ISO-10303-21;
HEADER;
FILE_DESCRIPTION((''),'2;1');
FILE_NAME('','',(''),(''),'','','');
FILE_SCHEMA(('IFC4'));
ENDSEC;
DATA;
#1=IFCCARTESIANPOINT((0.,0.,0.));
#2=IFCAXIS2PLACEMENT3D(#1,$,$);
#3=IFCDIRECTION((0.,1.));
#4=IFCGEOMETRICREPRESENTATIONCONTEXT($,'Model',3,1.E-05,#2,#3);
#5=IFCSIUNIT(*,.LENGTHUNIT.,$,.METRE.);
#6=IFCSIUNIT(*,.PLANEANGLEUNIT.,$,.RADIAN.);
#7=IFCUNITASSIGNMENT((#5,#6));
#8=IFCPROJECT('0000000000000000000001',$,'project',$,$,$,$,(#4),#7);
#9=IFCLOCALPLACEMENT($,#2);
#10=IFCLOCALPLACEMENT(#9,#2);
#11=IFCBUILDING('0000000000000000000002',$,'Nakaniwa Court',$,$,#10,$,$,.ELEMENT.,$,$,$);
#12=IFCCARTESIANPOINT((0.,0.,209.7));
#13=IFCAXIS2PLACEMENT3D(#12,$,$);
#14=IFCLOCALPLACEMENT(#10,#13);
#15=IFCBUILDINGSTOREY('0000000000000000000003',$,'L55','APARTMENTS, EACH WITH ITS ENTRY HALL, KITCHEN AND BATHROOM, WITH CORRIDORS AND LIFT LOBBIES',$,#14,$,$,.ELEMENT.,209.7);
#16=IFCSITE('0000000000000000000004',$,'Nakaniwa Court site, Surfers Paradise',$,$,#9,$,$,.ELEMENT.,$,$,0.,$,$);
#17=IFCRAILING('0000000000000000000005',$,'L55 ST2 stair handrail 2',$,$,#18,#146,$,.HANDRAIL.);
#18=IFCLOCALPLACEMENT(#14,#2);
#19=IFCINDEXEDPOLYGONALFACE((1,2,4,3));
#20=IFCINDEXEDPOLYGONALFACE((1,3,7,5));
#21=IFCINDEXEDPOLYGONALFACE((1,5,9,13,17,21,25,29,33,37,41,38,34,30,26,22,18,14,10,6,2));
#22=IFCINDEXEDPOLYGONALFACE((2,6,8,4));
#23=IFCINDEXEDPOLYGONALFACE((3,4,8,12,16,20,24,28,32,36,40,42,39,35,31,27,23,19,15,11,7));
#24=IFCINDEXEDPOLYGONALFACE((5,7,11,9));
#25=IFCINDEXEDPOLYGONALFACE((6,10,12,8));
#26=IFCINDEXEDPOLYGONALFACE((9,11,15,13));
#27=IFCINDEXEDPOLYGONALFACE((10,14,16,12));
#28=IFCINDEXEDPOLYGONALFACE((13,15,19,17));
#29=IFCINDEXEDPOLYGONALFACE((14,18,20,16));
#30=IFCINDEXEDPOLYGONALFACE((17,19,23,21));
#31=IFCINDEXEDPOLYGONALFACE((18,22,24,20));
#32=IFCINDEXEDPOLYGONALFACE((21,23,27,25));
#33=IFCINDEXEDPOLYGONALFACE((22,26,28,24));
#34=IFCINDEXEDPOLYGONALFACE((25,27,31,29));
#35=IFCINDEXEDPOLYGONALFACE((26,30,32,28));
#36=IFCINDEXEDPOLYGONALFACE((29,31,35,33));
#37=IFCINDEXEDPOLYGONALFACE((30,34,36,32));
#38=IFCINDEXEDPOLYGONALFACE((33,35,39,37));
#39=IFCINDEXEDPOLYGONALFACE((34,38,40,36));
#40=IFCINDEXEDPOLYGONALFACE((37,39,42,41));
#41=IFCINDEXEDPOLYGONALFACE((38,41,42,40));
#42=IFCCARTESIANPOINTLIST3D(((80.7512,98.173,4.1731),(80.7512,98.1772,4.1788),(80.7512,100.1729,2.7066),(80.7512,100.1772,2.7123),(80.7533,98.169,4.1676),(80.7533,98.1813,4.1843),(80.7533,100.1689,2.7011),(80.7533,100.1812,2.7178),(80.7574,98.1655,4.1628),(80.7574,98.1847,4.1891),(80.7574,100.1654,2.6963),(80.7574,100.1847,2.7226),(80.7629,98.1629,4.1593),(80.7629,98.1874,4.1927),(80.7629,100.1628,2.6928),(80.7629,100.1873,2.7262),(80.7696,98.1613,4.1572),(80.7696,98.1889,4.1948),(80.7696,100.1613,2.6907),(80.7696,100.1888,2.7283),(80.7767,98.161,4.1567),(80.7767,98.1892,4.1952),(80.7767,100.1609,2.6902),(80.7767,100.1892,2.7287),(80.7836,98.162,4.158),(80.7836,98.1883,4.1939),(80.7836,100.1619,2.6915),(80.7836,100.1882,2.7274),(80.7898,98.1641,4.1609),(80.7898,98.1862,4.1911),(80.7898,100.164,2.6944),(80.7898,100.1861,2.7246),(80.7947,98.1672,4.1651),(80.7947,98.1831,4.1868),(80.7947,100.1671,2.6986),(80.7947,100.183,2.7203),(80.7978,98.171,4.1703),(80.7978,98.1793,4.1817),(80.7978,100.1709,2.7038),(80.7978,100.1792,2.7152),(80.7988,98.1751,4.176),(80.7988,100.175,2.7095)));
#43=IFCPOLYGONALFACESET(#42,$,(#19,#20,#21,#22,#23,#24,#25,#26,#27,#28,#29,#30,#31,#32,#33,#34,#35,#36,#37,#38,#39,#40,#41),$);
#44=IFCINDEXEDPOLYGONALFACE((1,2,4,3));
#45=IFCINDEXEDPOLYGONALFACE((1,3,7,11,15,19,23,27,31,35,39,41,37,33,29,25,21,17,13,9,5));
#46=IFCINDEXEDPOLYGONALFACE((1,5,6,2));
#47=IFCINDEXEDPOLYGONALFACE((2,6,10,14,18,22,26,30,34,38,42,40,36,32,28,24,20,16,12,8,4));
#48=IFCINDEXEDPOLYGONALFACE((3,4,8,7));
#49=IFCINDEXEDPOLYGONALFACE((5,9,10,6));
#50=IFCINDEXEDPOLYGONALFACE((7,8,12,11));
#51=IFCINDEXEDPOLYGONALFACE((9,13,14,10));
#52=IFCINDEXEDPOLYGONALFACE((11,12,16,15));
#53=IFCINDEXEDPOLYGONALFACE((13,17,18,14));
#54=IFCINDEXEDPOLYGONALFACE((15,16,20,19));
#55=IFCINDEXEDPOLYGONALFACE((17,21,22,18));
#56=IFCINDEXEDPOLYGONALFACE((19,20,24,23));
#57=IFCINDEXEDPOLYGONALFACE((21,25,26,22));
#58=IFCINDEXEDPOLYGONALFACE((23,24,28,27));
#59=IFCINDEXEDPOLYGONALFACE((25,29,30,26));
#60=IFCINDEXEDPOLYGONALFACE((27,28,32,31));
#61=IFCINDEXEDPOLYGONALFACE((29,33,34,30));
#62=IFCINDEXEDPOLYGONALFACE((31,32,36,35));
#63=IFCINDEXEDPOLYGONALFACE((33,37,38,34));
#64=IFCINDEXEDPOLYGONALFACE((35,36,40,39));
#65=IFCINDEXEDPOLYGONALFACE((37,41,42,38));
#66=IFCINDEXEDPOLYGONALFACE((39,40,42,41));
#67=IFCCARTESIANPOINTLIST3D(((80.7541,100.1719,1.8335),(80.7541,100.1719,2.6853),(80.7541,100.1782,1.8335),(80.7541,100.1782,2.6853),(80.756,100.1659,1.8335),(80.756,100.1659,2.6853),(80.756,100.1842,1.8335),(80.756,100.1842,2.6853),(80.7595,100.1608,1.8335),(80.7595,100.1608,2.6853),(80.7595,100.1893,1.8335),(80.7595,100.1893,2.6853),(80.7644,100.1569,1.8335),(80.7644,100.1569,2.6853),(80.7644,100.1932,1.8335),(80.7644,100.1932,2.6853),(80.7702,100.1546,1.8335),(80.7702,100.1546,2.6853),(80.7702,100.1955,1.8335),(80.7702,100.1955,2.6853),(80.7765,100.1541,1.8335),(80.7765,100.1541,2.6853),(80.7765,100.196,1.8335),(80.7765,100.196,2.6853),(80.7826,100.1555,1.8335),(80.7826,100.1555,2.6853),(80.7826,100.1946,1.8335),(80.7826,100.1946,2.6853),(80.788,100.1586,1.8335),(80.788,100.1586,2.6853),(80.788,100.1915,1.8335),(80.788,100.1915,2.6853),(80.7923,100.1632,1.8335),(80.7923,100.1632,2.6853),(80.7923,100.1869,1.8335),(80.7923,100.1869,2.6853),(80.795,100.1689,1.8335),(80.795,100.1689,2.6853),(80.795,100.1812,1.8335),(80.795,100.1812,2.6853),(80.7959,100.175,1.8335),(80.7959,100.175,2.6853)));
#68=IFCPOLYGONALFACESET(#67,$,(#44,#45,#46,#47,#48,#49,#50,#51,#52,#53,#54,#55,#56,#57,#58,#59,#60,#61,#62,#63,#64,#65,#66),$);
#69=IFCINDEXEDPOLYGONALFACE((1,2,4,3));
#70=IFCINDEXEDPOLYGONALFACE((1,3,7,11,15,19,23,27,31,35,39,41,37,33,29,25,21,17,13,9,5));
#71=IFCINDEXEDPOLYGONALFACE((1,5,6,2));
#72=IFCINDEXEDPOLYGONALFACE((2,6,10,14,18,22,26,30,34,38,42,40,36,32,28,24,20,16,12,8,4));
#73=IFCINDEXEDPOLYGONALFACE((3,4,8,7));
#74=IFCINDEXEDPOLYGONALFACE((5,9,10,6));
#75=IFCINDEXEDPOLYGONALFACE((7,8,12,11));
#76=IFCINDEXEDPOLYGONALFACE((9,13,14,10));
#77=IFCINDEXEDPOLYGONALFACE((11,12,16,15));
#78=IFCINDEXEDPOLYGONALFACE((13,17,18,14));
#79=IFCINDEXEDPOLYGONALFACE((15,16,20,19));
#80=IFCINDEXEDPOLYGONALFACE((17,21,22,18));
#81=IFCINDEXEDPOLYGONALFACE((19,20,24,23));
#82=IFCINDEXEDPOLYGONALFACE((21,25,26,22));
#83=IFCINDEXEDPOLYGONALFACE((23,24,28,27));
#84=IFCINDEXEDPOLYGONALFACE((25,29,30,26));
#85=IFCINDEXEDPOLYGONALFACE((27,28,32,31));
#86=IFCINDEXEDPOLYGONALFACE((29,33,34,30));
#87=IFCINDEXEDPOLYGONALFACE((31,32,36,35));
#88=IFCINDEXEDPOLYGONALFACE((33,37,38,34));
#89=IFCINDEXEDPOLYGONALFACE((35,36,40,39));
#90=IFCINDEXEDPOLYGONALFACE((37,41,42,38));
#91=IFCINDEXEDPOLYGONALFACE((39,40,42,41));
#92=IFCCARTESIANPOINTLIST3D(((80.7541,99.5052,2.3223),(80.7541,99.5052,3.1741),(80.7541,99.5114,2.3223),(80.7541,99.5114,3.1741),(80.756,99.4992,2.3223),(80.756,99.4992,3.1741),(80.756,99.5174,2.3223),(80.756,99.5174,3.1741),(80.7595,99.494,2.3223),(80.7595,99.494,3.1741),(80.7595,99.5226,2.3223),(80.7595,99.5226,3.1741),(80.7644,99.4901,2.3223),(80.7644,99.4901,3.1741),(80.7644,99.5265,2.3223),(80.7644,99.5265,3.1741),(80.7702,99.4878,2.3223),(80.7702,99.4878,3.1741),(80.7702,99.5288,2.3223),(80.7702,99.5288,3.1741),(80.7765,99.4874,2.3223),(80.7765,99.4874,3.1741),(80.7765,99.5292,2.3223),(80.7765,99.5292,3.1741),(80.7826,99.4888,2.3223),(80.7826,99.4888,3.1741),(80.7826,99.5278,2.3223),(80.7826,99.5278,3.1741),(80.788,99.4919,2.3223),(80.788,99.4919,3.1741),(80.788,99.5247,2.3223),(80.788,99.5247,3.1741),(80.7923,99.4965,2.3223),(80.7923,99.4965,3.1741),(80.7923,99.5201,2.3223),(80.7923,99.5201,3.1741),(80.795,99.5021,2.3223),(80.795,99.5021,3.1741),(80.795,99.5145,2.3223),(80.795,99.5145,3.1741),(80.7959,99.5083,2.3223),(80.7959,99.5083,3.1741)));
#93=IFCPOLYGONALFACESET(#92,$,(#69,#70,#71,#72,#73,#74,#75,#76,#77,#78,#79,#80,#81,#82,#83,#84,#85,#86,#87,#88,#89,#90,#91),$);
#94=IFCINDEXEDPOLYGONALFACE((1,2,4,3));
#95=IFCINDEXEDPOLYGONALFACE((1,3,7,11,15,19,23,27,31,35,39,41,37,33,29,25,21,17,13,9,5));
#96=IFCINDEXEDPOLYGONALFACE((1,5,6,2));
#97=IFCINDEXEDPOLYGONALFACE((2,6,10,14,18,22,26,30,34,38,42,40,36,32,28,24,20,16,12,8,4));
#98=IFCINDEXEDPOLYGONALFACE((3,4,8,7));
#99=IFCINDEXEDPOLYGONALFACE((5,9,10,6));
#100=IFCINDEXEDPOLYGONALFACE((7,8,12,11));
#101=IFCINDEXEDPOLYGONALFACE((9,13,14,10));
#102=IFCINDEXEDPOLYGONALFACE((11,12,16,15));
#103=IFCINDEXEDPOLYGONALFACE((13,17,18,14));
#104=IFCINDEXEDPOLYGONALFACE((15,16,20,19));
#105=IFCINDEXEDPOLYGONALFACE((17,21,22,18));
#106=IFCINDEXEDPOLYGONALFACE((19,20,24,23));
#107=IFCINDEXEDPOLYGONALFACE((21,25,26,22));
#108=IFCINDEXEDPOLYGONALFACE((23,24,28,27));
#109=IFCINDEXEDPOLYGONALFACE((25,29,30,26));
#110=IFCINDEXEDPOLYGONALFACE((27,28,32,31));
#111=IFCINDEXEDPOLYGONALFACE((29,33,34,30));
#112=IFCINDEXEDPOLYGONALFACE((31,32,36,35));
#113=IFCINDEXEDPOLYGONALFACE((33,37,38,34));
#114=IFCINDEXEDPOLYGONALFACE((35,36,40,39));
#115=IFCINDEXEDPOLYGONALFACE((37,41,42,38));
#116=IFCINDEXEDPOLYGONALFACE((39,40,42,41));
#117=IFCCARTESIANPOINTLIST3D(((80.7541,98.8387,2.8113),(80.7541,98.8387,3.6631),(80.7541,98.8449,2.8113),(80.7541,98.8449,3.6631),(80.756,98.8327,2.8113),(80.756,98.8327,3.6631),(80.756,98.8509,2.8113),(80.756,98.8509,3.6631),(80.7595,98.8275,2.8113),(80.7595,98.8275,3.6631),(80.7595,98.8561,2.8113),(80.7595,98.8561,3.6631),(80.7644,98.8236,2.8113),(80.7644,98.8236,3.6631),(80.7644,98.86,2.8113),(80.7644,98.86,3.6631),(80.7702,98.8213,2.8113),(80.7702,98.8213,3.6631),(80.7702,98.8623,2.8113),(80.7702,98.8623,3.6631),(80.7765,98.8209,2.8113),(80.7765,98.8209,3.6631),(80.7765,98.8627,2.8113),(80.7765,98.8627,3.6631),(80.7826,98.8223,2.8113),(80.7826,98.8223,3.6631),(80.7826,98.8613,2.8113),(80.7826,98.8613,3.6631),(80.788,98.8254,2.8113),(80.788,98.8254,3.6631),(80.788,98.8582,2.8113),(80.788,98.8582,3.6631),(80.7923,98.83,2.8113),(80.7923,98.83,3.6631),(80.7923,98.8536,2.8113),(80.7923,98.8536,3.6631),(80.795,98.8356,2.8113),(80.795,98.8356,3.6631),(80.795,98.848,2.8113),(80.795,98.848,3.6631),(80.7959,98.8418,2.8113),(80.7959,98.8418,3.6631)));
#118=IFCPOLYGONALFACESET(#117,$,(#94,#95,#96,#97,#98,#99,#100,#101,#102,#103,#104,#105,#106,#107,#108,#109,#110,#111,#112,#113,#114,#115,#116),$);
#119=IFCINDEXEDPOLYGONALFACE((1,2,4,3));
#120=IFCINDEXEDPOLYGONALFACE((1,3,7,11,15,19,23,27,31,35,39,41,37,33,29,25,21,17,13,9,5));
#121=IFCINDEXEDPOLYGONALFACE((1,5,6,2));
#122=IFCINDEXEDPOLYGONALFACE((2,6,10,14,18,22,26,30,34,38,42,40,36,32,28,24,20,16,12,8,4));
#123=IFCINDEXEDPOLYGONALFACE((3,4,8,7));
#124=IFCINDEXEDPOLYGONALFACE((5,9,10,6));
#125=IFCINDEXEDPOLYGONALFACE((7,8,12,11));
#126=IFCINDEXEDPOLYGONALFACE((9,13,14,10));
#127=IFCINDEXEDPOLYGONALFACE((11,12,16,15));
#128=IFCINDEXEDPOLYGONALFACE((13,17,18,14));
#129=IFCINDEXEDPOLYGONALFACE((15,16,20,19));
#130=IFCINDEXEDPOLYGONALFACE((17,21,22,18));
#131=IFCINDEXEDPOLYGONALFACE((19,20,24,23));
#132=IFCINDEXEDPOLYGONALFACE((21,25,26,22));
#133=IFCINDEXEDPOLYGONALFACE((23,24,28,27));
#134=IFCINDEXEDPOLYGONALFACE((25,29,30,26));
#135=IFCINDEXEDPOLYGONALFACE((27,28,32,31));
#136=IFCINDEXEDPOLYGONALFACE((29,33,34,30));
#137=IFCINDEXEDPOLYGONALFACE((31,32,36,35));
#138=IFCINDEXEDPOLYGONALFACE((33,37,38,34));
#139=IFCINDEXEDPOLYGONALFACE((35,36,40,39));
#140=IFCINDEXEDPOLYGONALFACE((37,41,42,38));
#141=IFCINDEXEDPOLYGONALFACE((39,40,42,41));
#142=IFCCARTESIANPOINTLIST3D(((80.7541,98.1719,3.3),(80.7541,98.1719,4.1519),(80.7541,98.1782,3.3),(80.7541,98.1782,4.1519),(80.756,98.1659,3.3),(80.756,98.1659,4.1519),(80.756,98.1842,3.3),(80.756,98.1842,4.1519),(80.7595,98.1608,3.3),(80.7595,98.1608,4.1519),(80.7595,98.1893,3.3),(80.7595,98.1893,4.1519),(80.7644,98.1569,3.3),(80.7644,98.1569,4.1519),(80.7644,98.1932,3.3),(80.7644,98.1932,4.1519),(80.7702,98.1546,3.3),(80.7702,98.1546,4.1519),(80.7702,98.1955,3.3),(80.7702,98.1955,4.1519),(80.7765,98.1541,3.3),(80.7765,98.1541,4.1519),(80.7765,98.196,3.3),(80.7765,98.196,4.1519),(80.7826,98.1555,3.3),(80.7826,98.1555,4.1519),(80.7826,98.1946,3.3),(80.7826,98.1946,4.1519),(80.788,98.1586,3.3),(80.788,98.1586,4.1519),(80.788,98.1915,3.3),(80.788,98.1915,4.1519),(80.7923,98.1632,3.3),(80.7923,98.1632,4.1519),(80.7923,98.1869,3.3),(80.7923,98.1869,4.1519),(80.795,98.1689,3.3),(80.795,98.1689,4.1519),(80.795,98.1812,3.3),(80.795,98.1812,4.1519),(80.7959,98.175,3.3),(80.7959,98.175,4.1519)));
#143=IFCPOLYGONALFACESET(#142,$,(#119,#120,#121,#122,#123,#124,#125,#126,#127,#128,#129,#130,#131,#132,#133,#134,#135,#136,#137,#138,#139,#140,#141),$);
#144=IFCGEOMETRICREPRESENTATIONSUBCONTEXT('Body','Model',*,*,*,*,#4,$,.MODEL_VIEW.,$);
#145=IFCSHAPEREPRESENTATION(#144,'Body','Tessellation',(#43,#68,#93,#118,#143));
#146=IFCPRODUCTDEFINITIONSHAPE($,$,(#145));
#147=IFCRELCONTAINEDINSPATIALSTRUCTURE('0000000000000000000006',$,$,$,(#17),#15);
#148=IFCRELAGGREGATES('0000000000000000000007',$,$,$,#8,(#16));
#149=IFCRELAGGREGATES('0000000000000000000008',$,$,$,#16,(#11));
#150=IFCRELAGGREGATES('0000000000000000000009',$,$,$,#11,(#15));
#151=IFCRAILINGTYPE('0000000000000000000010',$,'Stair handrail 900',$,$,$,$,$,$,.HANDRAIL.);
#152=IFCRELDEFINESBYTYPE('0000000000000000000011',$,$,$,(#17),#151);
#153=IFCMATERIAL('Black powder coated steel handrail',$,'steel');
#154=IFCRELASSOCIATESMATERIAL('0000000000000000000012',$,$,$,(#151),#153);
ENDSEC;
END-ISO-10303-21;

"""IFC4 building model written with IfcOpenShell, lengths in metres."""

from ifc_helpers import new_model, si_unit, direction, frame, origin, origin_2d, place, context, subcontext, project, spatial, circle, extrude, material, type_object, element, save


model = new_model("IFC4")

# Units and contexts
model_context = context("Model", 3, precision=1e-05, world=origin(), true_north=direction((0.0, 1.0)))
body_context = subcontext(model_context, "Body", "Model", "MODEL_VIEW")
ifc_project = project(units=[si_unit("LENGTHUNIT", "METRE"), si_unit("PLANEANGLEUNIT", "RADIAN")], contexts=[model_context])

# Site, building, storey
site_placement = place(None, origin())
site = spatial("IfcSite", under=ifc_project, at=site_placement, Name="Nakaniwa Court site, Surfers Paradise", CompositionType="ELEMENT", RefElevation=0.0)
building_placement = place(site_placement, origin())
building = spatial("IfcBuilding", under=site, at=building_placement, Name="Nakaniwa Court", CompositionType="ELEMENT")
storey_placement = place(building_placement, frame((0.0, 0.0, 209.7)))
storey = spatial("IfcBuildingStorey", under=building, at=storey_placement, Name="L55", Description="APARTMENTS, EACH WITH ITS ENTRY HALL, KITCHEN AND BATHROOM, WITH CORRIDORS AND LIFT LOBBIES", CompositionType="ELEMENT", Elevation=209.7)

# Railing
ifc_material_1 = material(Name="Black powder coated steel handrail", Category="steel")
railing_type_1 = type_object("IfcRailingType", Name="Stair handrail 900", PredefinedType="HANDRAIL", material=ifc_material_1)
railing_1_placement = place(storey_placement, frame((80.7749, 100.175, 1.8335)))
element("IfcRailing", 1, at=railing_1_placement, inside=storey, type_object=railing_type_1, Name="L55 ST2 stair handrail 2", PredefinedType="HANDRAIL", context=body_context, shape_type="SweptSolid", body=[
    extrude(circle(Radius=0.0239, at=origin_2d()), frame((0.0, 0.0, 0.876), z_axis=(0.0, -0.806427, 0.591334), x_axis=(1.0, 0.0, 0.0)), (0.0, 0.0, 1.0), 2.48),
    extrude(circle(Radius=0.021, at=origin_2d()), origin(), (0.0, 0.0, 1.0), 0.8518),
    extrude(circle(Radius=0.021, at=origin_2d()), frame((0.0, -0.6667, 0.4888)), (0.0, 0.0, 1.0), 0.8518),
    extrude(circle(Radius=0.021, at=origin_2d()), frame((0.0, -1.3333, 0.9778)), (0.0, 0.0, 1.0), 0.8518),
    extrude(circle(Radius=0.021, at=origin_2d()), frame((0.0, -2.0, 1.4666)), (0.0, 0.0, 1.0), 0.8518),
])

save(model, "model.ifc")
